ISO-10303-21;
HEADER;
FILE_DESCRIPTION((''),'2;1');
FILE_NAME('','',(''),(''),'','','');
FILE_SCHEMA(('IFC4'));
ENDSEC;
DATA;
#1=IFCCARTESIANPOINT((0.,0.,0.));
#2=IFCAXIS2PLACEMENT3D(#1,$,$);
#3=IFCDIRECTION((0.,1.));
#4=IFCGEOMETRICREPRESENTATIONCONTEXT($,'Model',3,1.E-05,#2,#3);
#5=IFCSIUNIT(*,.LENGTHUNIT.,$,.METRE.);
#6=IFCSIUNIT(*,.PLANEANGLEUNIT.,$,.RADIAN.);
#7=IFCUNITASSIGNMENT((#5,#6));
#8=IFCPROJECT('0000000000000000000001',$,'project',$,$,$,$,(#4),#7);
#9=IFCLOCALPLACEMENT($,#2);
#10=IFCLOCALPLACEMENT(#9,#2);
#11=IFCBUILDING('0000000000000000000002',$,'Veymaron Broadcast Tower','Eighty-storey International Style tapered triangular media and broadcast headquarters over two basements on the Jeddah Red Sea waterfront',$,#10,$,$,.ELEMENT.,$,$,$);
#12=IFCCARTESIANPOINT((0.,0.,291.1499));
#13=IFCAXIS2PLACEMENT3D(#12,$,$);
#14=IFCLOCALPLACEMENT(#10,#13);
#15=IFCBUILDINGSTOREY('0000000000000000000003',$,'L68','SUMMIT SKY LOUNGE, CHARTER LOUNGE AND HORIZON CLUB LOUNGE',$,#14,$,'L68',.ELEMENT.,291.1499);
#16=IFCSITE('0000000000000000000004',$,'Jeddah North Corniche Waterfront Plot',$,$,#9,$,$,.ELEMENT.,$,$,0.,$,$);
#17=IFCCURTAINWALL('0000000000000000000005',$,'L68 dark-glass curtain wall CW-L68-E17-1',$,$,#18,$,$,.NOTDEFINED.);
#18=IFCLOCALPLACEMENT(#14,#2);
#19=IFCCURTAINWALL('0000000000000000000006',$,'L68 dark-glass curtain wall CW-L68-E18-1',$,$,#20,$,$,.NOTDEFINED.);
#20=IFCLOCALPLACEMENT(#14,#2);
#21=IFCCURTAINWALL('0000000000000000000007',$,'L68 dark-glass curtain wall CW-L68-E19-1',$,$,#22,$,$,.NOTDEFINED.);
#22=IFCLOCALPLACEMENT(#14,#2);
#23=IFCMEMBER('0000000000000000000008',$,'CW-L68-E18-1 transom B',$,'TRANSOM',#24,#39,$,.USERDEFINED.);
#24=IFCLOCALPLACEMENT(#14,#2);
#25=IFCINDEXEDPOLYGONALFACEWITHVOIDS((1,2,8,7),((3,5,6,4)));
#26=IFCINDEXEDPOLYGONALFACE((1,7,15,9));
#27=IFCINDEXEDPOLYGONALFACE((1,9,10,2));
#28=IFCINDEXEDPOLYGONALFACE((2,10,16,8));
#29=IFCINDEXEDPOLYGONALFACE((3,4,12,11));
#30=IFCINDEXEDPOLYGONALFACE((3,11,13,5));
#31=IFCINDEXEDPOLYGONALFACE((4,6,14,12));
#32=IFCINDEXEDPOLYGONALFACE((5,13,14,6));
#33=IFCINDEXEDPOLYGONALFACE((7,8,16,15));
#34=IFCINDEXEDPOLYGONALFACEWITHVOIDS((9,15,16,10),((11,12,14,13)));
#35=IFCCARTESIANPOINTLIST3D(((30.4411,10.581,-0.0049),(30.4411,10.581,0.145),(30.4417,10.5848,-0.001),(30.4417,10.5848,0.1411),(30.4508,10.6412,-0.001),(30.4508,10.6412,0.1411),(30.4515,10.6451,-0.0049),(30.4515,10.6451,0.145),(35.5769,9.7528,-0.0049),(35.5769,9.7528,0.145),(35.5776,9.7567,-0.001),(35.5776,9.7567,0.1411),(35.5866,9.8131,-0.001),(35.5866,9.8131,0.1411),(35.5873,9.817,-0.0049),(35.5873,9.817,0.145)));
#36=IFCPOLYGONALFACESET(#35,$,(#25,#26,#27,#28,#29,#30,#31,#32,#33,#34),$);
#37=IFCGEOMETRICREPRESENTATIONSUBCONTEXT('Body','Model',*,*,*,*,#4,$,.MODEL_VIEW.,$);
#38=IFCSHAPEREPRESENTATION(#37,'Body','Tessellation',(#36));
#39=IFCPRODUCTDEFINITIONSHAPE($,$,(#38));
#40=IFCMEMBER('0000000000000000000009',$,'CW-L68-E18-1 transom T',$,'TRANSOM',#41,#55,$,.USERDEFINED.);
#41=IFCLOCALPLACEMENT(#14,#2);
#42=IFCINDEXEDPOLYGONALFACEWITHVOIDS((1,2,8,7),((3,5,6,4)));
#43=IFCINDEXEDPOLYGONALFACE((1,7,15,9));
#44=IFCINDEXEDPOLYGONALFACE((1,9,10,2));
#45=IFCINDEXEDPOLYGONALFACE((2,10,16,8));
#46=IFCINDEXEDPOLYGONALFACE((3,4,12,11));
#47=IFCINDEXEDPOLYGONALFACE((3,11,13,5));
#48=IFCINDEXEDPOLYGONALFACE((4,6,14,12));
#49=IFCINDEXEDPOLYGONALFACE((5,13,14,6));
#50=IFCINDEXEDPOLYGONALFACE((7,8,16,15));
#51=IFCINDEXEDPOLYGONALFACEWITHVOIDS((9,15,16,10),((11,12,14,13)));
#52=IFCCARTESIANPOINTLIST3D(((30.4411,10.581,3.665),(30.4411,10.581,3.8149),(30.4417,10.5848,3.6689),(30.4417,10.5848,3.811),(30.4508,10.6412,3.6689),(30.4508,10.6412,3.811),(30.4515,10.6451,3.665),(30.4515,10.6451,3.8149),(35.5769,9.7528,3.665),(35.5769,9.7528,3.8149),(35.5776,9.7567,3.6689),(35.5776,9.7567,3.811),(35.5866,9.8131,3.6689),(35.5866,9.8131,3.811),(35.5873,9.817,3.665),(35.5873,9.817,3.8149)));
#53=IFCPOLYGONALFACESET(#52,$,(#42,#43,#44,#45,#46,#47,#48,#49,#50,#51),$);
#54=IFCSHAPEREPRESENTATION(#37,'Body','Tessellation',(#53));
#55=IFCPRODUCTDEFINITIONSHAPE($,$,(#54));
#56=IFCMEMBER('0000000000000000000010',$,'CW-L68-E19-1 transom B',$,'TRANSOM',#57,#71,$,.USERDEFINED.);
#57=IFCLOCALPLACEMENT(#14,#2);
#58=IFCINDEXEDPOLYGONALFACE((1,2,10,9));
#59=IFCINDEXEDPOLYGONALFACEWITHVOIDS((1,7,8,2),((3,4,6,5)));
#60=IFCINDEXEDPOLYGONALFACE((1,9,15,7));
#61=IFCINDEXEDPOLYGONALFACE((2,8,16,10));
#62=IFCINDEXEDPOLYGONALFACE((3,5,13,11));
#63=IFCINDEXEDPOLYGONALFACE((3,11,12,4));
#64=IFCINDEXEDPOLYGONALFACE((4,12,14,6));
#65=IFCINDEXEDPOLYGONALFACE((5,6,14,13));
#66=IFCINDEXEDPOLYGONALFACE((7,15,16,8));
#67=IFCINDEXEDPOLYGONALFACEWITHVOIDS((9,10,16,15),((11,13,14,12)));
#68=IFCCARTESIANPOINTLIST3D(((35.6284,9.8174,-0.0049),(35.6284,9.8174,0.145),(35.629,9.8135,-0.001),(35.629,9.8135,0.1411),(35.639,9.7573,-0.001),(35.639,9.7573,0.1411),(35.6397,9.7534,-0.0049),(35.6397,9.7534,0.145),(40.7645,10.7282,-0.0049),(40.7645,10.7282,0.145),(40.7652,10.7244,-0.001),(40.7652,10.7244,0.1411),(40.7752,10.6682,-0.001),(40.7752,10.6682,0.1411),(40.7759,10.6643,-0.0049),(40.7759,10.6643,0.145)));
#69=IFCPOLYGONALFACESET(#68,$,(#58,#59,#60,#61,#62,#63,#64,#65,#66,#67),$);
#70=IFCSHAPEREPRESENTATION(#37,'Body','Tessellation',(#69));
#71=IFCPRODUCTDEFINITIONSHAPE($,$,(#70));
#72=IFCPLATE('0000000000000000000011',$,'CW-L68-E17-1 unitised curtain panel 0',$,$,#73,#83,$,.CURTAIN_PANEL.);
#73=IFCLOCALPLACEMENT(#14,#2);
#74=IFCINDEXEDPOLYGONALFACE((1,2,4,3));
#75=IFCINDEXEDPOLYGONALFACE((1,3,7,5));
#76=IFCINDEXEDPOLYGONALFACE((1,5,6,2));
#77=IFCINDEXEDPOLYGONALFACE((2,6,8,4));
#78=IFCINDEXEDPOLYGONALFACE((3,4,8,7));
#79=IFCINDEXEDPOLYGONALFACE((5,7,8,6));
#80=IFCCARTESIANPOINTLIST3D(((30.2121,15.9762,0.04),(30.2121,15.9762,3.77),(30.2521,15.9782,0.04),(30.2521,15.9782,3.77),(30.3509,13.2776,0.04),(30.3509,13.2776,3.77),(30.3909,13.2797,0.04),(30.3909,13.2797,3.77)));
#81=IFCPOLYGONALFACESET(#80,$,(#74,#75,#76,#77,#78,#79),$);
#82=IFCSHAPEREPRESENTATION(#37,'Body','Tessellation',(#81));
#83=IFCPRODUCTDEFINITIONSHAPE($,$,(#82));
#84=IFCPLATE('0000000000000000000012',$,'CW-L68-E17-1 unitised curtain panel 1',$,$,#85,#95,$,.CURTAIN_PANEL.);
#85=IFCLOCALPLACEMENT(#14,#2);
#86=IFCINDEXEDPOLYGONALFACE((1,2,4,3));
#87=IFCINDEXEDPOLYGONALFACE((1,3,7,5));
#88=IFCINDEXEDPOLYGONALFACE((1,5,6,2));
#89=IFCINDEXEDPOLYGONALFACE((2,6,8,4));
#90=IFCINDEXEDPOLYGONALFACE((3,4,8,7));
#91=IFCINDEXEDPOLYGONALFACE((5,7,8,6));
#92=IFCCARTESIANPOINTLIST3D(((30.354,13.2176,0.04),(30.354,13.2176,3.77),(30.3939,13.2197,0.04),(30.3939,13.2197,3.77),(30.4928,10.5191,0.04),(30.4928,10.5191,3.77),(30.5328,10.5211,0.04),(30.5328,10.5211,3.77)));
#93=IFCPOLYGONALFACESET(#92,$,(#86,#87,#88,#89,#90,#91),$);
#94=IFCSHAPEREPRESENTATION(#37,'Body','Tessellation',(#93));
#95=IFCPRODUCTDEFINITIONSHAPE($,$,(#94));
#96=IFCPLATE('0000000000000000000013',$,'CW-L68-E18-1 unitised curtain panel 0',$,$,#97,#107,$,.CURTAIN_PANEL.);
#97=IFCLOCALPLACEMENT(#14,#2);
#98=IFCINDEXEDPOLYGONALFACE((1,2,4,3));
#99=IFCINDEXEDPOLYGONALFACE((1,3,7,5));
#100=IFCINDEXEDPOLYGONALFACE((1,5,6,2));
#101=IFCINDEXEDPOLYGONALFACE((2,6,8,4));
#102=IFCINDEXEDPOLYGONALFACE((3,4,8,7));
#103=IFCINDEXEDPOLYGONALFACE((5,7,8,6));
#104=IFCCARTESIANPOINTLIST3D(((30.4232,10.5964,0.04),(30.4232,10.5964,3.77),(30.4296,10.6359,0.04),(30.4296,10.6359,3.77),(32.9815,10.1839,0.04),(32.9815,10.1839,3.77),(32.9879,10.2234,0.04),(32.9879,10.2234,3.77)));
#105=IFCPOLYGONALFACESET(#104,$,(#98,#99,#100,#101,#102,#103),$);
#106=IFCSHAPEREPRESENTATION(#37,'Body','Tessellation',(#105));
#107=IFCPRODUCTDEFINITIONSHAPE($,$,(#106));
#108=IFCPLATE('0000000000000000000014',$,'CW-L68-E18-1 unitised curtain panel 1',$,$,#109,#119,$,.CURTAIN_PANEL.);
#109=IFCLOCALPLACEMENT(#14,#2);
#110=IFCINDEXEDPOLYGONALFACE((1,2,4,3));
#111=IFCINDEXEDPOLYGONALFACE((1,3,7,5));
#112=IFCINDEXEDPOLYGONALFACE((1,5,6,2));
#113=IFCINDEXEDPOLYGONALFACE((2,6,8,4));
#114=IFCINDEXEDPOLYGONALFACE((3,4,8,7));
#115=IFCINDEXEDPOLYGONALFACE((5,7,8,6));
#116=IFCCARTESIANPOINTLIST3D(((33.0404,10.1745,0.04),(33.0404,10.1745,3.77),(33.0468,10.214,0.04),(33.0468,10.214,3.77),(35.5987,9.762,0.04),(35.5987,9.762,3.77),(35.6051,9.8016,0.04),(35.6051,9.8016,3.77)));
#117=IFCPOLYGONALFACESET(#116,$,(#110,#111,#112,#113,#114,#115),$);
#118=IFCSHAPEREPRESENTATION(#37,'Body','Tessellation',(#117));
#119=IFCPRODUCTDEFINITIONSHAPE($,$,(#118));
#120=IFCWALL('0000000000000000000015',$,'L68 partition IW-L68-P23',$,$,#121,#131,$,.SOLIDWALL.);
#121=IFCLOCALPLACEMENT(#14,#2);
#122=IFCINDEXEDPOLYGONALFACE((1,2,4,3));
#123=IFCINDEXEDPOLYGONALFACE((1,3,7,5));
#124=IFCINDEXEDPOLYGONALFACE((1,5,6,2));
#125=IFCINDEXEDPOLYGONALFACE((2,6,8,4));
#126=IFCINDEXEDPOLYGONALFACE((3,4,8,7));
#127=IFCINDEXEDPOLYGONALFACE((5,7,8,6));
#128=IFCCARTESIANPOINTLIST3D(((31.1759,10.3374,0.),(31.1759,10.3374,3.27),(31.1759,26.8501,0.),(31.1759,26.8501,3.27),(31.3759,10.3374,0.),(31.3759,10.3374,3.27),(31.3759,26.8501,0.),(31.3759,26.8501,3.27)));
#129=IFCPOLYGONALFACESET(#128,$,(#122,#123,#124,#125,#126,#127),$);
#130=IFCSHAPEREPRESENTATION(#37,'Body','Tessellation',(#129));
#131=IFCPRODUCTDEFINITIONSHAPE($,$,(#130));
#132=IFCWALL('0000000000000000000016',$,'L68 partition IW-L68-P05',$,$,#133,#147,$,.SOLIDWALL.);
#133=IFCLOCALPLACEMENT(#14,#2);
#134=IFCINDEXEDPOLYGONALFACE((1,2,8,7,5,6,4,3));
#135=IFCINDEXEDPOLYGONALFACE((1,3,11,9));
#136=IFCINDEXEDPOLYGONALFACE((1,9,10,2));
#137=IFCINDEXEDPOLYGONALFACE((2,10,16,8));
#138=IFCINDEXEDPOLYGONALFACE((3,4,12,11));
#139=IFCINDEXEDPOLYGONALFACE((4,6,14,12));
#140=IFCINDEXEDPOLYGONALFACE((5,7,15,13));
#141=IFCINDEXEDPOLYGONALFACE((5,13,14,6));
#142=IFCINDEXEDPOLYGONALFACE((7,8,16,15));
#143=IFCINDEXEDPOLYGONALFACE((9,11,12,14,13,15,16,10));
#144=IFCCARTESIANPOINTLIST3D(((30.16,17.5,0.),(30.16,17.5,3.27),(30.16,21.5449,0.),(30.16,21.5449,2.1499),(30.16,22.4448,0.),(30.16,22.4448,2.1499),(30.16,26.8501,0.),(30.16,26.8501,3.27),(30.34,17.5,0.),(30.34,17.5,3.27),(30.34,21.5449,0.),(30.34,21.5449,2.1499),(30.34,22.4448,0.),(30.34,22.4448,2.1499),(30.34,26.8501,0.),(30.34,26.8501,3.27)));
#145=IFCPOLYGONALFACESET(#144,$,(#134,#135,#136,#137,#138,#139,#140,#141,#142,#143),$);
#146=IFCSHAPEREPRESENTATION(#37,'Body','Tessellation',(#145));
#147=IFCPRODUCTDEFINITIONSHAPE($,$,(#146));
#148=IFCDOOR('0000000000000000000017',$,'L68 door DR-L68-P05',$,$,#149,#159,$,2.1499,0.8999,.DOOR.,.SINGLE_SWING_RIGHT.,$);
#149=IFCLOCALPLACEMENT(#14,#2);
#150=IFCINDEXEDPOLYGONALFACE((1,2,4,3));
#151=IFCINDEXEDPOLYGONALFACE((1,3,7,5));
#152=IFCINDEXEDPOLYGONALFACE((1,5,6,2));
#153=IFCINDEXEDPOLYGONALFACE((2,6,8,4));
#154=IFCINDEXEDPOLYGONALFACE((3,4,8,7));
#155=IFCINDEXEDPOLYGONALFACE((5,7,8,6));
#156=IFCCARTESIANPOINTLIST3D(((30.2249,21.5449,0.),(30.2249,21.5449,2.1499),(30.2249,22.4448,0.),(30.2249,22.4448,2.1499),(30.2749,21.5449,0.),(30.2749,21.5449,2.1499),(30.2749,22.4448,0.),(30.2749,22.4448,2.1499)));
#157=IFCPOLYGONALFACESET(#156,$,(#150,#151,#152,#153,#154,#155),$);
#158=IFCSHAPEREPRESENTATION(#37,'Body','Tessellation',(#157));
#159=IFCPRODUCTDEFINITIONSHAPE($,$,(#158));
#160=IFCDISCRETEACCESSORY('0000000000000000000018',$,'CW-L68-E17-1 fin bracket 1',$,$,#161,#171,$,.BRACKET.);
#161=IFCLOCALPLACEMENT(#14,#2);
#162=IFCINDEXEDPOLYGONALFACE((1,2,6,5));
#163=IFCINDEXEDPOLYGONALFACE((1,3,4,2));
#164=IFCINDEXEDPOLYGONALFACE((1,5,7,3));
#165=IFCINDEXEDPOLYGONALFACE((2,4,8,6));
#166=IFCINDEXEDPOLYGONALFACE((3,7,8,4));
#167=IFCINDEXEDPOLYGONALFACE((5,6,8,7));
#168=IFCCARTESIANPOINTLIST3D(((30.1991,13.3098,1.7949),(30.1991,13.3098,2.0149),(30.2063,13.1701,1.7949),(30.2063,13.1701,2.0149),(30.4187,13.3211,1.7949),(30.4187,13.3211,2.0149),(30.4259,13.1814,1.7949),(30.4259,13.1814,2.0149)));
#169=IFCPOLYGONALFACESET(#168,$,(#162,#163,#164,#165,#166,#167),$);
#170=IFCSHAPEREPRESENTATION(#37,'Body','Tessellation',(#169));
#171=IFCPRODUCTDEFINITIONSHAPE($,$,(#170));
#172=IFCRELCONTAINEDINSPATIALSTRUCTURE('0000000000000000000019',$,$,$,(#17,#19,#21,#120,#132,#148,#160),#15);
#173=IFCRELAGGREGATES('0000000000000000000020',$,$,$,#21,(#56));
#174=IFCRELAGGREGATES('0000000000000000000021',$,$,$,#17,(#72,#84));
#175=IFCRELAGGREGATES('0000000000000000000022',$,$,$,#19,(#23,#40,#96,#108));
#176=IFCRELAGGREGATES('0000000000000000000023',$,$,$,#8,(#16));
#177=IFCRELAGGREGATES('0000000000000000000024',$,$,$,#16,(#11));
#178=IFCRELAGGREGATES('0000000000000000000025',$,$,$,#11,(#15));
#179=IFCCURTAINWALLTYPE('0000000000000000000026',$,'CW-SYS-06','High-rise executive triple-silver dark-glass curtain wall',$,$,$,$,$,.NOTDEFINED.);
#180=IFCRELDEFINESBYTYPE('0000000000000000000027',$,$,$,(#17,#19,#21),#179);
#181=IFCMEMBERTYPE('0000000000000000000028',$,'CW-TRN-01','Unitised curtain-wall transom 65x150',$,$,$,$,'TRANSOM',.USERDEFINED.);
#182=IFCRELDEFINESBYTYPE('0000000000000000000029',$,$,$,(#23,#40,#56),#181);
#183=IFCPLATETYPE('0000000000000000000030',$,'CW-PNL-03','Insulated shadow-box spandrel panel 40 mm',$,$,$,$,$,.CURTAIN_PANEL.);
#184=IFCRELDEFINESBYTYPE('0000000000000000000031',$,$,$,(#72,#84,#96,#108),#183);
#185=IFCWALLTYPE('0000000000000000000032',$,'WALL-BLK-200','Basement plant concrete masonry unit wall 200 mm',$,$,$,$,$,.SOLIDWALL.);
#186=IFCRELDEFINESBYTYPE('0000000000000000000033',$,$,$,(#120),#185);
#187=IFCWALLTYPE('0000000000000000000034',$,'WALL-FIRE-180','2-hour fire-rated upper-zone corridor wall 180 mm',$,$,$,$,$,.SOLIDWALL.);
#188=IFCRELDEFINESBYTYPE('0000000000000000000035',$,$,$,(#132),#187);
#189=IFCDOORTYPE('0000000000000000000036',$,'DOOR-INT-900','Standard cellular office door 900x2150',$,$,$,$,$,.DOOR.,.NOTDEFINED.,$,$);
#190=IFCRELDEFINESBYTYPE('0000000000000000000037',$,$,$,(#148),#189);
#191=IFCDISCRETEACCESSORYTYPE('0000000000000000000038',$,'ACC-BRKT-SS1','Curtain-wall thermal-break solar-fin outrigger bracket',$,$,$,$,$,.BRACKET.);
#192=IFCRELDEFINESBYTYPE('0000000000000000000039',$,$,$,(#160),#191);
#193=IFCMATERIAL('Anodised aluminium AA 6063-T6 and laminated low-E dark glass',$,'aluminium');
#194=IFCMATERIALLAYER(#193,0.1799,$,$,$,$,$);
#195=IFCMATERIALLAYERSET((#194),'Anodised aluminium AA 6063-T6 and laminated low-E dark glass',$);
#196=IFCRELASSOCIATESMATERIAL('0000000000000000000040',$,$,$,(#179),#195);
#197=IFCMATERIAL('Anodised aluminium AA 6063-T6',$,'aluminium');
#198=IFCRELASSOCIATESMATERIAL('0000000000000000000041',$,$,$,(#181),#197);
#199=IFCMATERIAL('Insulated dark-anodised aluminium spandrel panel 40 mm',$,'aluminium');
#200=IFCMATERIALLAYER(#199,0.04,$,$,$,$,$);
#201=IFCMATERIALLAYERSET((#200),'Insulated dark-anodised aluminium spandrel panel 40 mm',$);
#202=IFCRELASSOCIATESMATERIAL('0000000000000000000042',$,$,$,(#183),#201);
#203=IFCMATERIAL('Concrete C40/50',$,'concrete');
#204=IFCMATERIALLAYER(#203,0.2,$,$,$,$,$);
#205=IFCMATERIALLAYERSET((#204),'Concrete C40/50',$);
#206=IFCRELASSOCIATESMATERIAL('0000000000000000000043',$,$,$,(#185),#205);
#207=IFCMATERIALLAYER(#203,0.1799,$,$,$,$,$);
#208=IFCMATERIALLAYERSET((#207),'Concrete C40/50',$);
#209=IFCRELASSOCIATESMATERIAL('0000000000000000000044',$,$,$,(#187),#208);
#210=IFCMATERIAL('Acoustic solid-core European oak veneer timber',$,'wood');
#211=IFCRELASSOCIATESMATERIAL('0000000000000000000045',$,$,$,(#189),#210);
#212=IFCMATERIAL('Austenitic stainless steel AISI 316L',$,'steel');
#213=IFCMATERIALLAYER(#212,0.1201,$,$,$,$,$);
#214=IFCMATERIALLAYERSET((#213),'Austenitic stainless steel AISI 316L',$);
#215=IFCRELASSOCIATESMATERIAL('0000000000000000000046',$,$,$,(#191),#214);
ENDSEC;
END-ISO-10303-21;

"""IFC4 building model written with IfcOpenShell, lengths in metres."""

from ifc_helpers import new_model, si_unit, direction, frame, frame_2d, origin, origin_2d, place, context, subcontext, project, spatial, rectangle, hollow_rectangle, extrude, material, layer, layer_set, material_profile, profile_set, type_object, element, fill, aggregate, save


model = new_model("IFC4")

# Units and contexts
model_context = context("Model", 3, precision=1e-05, world=origin(), true_north=direction((0.0, 1.0)))
body_context = subcontext(model_context, "Body", "Model", "MODEL_VIEW")
ifc_project = project(units=[si_unit("LENGTHUNIT", "METRE"), si_unit("PLANEANGLEUNIT", "RADIAN")], contexts=[model_context])

# Site, building, storey
site_placement = place(None, origin())
site = spatial("IfcSite", under=ifc_project, at=site_placement, Name="Jeddah North Corniche Waterfront Plot", CompositionType="ELEMENT", RefElevation=0.0)
building_placement = place(site_placement, origin())
building = spatial("IfcBuilding", under=site, at=building_placement, Name="Veymaron Broadcast Tower", Description="Eighty-storey International Style tapered triangular media and broadcast headquarters over two basements on the Jeddah Red Sea waterfront", CompositionType="ELEMENT")
storey_placement = place(building_placement, frame((0.0, 0.0, 291.1499)))
storey = spatial("IfcBuildingStorey", under=building, at=storey_placement, Name="L68", Description="SUMMIT SKY LOUNGE, CHARTER LOUNGE AND HORIZON CLUB LOUNGE", LongName="L68", CompositionType="ELEMENT", Elevation=291.1499)

# Curtain walls
ifc_material_1 = material(Name="Anodised aluminium AA 6063-T6 and laminated low-E dark glass", Category="aluminium")
ifc_layer_1 = layer(ifc_material_1, 0.1799)
ifc_layer_set_1 = layer_set([ifc_layer_1], Name="Anodised aluminium AA 6063-T6 and laminated low-E dark glass")
curtain_wall_type = type_object("IfcCurtainWallType", Name="CW-SYS-06", Description="High-rise executive triple-silver dark-glass curtain wall", PredefinedType="NOTDEFINED", material=ifc_layer_set_1)
curtain_wall_1_placement = place(storey_placement, origin())
curtain_wall_1 = element("IfcCurtainWall", 1, at=curtain_wall_1_placement, inside=storey, type_object=curtain_wall_type, Name="L68 dark-glass curtain wall CW-L68-E17-1", PredefinedType="NOTDEFINED")
ifc_material_2 = material(Name="Anodised aluminium AA 6063-T6", Category="aluminium")
curtain_wall_2_placement = place(storey_placement, origin())
curtain_wall_2 = element("IfcCurtainWall", 2, at=curtain_wall_2_placement, inside=storey, type_object=curtain_wall_type, Name="L68 dark-glass curtain wall CW-L68-E18-1", PredefinedType="NOTDEFINED")

# Curtain wall
curtain_wall_3_placement = place(storey_placement, origin())
curtain_wall_3 = element("IfcCurtainWall", 3, at=curtain_wall_3_placement, inside=storey, type_object=curtain_wall_type, Name="L68 dark-glass curtain wall CW-L68-E19-1", PredefinedType="NOTDEFINED")

# Members
ifc_material_profile_1 = material_profile(ifc_material_2, hollow_rectangle(XDim=0.0649, YDim=0.1499, WallThickness=0.0039, at=origin_2d()), Name="AL150X65X4")
ifc_profile_set_1 = profile_set([ifc_material_profile_1], Name="Anodised aluminium AA 6063-T6")
member_type_1 = type_object("IfcMemberType", Name="CW-TRN-01", Description="Unitised curtain-wall transom 65x150", ElementType="TRANSOM", PredefinedType="USERDEFINED", material=ifc_profile_set_1)
member_1_placement = place(storey_placement, frame((30.4463, 10.613, 0.0701), z_axis=(0.987248, -0.159191, 0.0), x_axis=(0.159191, 0.987248, 0.0)))
member_1 = element("IfcMember", 4, at=member_1_placement, type_object=member_type_1, Name="CW-L68-E18-1 transom B", ObjectType="TRANSOM", PredefinedType="USERDEFINED", context=body_context, shape_type="SweptSolid", body=[
    extrude(hollow_rectangle(XDim=0.0649, YDim=0.1499, WallThickness=0.0039, at=origin_2d()), origin(), (0.0, 0.0, 1.0), 5.2021),
])
member_2_placement = place(storey_placement, frame((30.4463, 10.613, 3.74), z_axis=(0.987248, -0.159191, 0.0), x_axis=(0.159191, 0.987248, 0.0)))
member_2 = element("IfcMember", 5, at=member_2_placement, type_object=member_type_1, Name="CW-L68-E18-1 transom T", ObjectType="TRANSOM", PredefinedType="USERDEFINED", context=body_context, shape_type="SweptSolid", body=[
    extrude(hollow_rectangle(XDim=0.0649, YDim=0.1499, WallThickness=0.0039, at=origin_2d()), origin(), (0.0, 0.0, 1.0), 5.2021),
])
member_3_placement = place(storey_placement, frame((35.634, 9.7854, 0.0701), z_axis=(0.984636, 0.174621, 0.0), x_axis=(-0.174621, 0.984636, 0.0)))
member_3 = element("IfcMember", 6, at=member_3_placement, type_object=member_type_1, Name="CW-L68-E19-1 transom B", ObjectType="TRANSOM", PredefinedType="USERDEFINED", context=body_context, shape_type="SweptSolid", body=[
    extrude(hollow_rectangle(XDim=0.0649, YDim=0.1499, WallThickness=0.0039, at=origin_2d()), origin(), (0.0, 0.0, 1.0), 5.2163),
])
aggregate(curtain_wall_3, [member_3])

# Plates
ifc_material_3 = material(Name="Insulated dark-anodised aluminium spandrel panel 40 mm", Category="aluminium")
ifc_layer_2 = layer(ifc_material_3, 0.04)
ifc_layer_set_2 = layer_set([ifc_layer_2], Name="Insulated dark-anodised aluminium spandrel panel 40 mm")
plate_type = type_object("IfcPlateType", Name="CW-PNL-03", Description="Insulated shadow-box spandrel panel 40 mm", PredefinedType="CURTAIN_PANEL", material=ifc_layer_set_2)
plate_1_placement = place(storey_placement, frame((30.3015, 14.6279, 0.04), z_axis=(0.0, 0.0, 1.0), x_axis=(0.051377, -0.998679, 0.0)))
plate_1 = element("IfcPlate", 7, at=plate_1_placement, type_object=plate_type, Name="CW-L68-E17-1 unitised curtain panel 0", PredefinedType="CURTAIN_PANEL", context=body_context, shape_type="SweptSolid", body=[
    extrude(rectangle(XDim=2.7021, YDim=0.04, at=origin_2d()), origin(), (0.0, 0.0, 1.0), 3.73),
])
plate_2_placement = place(storey_placement, frame((30.4434, 11.8694, 0.04), z_axis=(0.0, 0.0, 1.0), x_axis=(0.051377, -0.998679, 0.0)))
plate_2 = element("IfcPlate", 8, at=plate_2_placement, type_object=plate_type, Name="CW-L68-E17-1 unitised curtain panel 1", PredefinedType="CURTAIN_PANEL", context=body_context, shape_type="SweptSolid", body=[
    extrude(rectangle(XDim=2.7021, YDim=0.04, at=origin_2d()), origin(), (0.0, 0.0, 1.0), 3.73),
])
aggregate(curtain_wall_1, [plate_1, plate_2])
plate_3_placement = place(storey_placement, frame((31.7056, 10.4099, 0.04), z_axis=(0.0, 0.0, 1.0), x_axis=(0.98725, -0.159175, 0.0)))
plate_3 = element("IfcPlate", 9, at=plate_3_placement, type_object=plate_type, Name="CW-L68-E18-1 unitised curtain panel 0", PredefinedType="CURTAIN_PANEL", context=body_context, shape_type="SweptSolid", body=[
    extrude(rectangle(XDim=2.5913, YDim=0.04, at=origin_2d()), origin(), (0.0, 0.0, 1.0), 3.73),
])
plate_4_placement = place(storey_placement, frame((34.3228, 9.988, 0.04), z_axis=(0.0, 0.0, 1.0), x_axis=(0.98725, -0.159175, 0.0)))
plate_4 = element("IfcPlate", 10, at=plate_4_placement, type_object=plate_type, Name="CW-L68-E18-1 unitised curtain panel 1", PredefinedType="CURTAIN_PANEL", context=body_context, shape_type="SweptSolid", body=[
    extrude(rectangle(XDim=2.5913, YDim=0.04, at=origin_2d()), origin(), (0.0, 0.0, 1.0), 3.73),
])
aggregate(curtain_wall_2, [member_1, member_2, plate_3, plate_4])

# Wall
ifc_material_4 = material(Name="Concrete C40/50", Category="concrete")
ifc_layer_3 = layer(ifc_material_4, 0.2)
ifc_layer_set_3 = layer_set([ifc_layer_3], Name="Concrete C40/50")
wall_type_1 = type_object("IfcWallType", Name="WALL-BLK-200", Description="Basement plant concrete masonry unit wall 200 mm", PredefinedType="SOLIDWALL", material=ifc_layer_set_3)
wall_1_placement = place(storey_placement, frame((31.2759, 10.3374, 0.0), z_axis=(0.0, 0.0, 1.0), x_axis=(0.0, 1.0, 0.0)))
element("IfcWall", 11, at=wall_1_placement, inside=storey, type_object=wall_type_1, Name="L68 partition IW-L68-P23", PredefinedType="SOLIDWALL", context=body_context, shape_type="SweptSolid", body=[
    extrude(rectangle(XDim=16.5127, YDim=0.2, at=frame_2d((8.2563, 0.0))), origin(), (0.0, 0.0, 1.0), 3.27),
])

# Wall, opening, door
ifc_layer_4 = layer(ifc_material_4, 0.1799)
ifc_layer_set_4 = layer_set([ifc_layer_4], Name="Concrete C40/50")
wall_type_2 = type_object("IfcWallType", Name="WALL-FIRE-180", Description="2-hour fire-rated upper-zone corridor wall 180 mm", PredefinedType="SOLIDWALL", material=ifc_layer_set_4)
wall_2_placement = place(storey_placement, frame((30.25, 17.5, 0.0), z_axis=(0.0, 0.0, 1.0), x_axis=(0.0, 1.0, 0.0)))
wall_2 = element("IfcWall", 12, at=wall_2_placement, inside=storey, type_object=wall_type_2, Name="L68 partition IW-L68-P05", PredefinedType="SOLIDWALL", context=body_context, shape_type="SweptSolid", body=[
    extrude(rectangle(XDim=9.3501, YDim=0.1799, at=frame_2d((4.675, 0.0))), origin(), (0.0, 0.0, 1.0), 3.27),
])
opening_placement = place(wall_2_placement, frame((4.0449, 0.0, 0.0)))
opening = element("IfcOpeningElement", 13, at=opening_placement, cuts=wall_2, PredefinedType="OPENING", context=body_context, shape_type="SweptSolid", body=[
    extrude(rectangle(XDim=0.8999, YDim=2.1499, at=frame_2d((0.45, 1.075))), frame((0.0, 0.1001, 0.0), z_axis=(0.0, -1.0, 0.0), x_axis=(1.0, 0.0, 0.0)), (0.0, 0.0, 1.0), 0.2),
])
ifc_material_5 = material(Name="Acoustic solid-core European oak veneer timber", Category="wood")
door_type = type_object("IfcDoorType", Name="DOOR-INT-900", Description="Standard cellular office door 900x2150", OperationType="NOTDEFINED", PredefinedType="DOOR", material=ifc_material_5)
door_placement = place(opening_placement, frame((0.8999, 0.0, 0.0), z_axis=(0.0, 0.0, 1.0), x_axis=(-1.0, 0.0, 0.0)))
door = element("IfcDoor", 14, at=door_placement, inside=storey, type_object=door_type, Name="L68 door DR-L68-P05", OperationType="SINGLE_SWING_RIGHT", OverallHeight=2.1499, OverallWidth=0.8999, PredefinedType="DOOR", context=body_context, shape_type="SweptSolid", body=[
    extrude(rectangle(XDim=0.8999, YDim=2.1499, at=frame_2d((0.45, 1.075))), frame((0.0, 0.0249, 0.0), z_axis=(0.0, -1.0, 0.0), x_axis=(1.0, 0.0, 0.0)), (0.0, 0.0, 1.0), 0.05),
])
fill(opening, door)

# Discrete accessory
ifc_material_6 = material(Name="Austenitic stainless steel AISI 316L", Category="steel")
ifc_layer_5 = layer(ifc_material_6, 0.1201)
ifc_layer_set_5 = layer_set([ifc_layer_5], Name="Austenitic stainless steel AISI 316L")
discrete_accessory_type = type_object("IfcDiscreteAccessoryType", Name="ACC-BRKT-SS1", Description="Curtain-wall thermal-break solar-fin outrigger bracket", PredefinedType="BRACKET", material=ifc_layer_set_5)
discrete_accessory_placement = place(storey_placement, frame((30.3125, 13.2456, 1.7949), z_axis=(0.0, 0.0, 1.0), x_axis=(-0.998679, -0.051377, 0.0)))
element("IfcDiscreteAccessory", 15, at=discrete_accessory_placement, inside=storey, type_object=discrete_accessory_type, Name="CW-L68-E17-1 fin bracket 1", PredefinedType="BRACKET", context=body_context, shape_type="SweptSolid", body=[
    extrude(rectangle(XDim=0.22, YDim=0.1399, at=origin_2d()), origin(), (0.0, 0.0, 1.0), 0.22),
])

save(model, "model.ifc")
